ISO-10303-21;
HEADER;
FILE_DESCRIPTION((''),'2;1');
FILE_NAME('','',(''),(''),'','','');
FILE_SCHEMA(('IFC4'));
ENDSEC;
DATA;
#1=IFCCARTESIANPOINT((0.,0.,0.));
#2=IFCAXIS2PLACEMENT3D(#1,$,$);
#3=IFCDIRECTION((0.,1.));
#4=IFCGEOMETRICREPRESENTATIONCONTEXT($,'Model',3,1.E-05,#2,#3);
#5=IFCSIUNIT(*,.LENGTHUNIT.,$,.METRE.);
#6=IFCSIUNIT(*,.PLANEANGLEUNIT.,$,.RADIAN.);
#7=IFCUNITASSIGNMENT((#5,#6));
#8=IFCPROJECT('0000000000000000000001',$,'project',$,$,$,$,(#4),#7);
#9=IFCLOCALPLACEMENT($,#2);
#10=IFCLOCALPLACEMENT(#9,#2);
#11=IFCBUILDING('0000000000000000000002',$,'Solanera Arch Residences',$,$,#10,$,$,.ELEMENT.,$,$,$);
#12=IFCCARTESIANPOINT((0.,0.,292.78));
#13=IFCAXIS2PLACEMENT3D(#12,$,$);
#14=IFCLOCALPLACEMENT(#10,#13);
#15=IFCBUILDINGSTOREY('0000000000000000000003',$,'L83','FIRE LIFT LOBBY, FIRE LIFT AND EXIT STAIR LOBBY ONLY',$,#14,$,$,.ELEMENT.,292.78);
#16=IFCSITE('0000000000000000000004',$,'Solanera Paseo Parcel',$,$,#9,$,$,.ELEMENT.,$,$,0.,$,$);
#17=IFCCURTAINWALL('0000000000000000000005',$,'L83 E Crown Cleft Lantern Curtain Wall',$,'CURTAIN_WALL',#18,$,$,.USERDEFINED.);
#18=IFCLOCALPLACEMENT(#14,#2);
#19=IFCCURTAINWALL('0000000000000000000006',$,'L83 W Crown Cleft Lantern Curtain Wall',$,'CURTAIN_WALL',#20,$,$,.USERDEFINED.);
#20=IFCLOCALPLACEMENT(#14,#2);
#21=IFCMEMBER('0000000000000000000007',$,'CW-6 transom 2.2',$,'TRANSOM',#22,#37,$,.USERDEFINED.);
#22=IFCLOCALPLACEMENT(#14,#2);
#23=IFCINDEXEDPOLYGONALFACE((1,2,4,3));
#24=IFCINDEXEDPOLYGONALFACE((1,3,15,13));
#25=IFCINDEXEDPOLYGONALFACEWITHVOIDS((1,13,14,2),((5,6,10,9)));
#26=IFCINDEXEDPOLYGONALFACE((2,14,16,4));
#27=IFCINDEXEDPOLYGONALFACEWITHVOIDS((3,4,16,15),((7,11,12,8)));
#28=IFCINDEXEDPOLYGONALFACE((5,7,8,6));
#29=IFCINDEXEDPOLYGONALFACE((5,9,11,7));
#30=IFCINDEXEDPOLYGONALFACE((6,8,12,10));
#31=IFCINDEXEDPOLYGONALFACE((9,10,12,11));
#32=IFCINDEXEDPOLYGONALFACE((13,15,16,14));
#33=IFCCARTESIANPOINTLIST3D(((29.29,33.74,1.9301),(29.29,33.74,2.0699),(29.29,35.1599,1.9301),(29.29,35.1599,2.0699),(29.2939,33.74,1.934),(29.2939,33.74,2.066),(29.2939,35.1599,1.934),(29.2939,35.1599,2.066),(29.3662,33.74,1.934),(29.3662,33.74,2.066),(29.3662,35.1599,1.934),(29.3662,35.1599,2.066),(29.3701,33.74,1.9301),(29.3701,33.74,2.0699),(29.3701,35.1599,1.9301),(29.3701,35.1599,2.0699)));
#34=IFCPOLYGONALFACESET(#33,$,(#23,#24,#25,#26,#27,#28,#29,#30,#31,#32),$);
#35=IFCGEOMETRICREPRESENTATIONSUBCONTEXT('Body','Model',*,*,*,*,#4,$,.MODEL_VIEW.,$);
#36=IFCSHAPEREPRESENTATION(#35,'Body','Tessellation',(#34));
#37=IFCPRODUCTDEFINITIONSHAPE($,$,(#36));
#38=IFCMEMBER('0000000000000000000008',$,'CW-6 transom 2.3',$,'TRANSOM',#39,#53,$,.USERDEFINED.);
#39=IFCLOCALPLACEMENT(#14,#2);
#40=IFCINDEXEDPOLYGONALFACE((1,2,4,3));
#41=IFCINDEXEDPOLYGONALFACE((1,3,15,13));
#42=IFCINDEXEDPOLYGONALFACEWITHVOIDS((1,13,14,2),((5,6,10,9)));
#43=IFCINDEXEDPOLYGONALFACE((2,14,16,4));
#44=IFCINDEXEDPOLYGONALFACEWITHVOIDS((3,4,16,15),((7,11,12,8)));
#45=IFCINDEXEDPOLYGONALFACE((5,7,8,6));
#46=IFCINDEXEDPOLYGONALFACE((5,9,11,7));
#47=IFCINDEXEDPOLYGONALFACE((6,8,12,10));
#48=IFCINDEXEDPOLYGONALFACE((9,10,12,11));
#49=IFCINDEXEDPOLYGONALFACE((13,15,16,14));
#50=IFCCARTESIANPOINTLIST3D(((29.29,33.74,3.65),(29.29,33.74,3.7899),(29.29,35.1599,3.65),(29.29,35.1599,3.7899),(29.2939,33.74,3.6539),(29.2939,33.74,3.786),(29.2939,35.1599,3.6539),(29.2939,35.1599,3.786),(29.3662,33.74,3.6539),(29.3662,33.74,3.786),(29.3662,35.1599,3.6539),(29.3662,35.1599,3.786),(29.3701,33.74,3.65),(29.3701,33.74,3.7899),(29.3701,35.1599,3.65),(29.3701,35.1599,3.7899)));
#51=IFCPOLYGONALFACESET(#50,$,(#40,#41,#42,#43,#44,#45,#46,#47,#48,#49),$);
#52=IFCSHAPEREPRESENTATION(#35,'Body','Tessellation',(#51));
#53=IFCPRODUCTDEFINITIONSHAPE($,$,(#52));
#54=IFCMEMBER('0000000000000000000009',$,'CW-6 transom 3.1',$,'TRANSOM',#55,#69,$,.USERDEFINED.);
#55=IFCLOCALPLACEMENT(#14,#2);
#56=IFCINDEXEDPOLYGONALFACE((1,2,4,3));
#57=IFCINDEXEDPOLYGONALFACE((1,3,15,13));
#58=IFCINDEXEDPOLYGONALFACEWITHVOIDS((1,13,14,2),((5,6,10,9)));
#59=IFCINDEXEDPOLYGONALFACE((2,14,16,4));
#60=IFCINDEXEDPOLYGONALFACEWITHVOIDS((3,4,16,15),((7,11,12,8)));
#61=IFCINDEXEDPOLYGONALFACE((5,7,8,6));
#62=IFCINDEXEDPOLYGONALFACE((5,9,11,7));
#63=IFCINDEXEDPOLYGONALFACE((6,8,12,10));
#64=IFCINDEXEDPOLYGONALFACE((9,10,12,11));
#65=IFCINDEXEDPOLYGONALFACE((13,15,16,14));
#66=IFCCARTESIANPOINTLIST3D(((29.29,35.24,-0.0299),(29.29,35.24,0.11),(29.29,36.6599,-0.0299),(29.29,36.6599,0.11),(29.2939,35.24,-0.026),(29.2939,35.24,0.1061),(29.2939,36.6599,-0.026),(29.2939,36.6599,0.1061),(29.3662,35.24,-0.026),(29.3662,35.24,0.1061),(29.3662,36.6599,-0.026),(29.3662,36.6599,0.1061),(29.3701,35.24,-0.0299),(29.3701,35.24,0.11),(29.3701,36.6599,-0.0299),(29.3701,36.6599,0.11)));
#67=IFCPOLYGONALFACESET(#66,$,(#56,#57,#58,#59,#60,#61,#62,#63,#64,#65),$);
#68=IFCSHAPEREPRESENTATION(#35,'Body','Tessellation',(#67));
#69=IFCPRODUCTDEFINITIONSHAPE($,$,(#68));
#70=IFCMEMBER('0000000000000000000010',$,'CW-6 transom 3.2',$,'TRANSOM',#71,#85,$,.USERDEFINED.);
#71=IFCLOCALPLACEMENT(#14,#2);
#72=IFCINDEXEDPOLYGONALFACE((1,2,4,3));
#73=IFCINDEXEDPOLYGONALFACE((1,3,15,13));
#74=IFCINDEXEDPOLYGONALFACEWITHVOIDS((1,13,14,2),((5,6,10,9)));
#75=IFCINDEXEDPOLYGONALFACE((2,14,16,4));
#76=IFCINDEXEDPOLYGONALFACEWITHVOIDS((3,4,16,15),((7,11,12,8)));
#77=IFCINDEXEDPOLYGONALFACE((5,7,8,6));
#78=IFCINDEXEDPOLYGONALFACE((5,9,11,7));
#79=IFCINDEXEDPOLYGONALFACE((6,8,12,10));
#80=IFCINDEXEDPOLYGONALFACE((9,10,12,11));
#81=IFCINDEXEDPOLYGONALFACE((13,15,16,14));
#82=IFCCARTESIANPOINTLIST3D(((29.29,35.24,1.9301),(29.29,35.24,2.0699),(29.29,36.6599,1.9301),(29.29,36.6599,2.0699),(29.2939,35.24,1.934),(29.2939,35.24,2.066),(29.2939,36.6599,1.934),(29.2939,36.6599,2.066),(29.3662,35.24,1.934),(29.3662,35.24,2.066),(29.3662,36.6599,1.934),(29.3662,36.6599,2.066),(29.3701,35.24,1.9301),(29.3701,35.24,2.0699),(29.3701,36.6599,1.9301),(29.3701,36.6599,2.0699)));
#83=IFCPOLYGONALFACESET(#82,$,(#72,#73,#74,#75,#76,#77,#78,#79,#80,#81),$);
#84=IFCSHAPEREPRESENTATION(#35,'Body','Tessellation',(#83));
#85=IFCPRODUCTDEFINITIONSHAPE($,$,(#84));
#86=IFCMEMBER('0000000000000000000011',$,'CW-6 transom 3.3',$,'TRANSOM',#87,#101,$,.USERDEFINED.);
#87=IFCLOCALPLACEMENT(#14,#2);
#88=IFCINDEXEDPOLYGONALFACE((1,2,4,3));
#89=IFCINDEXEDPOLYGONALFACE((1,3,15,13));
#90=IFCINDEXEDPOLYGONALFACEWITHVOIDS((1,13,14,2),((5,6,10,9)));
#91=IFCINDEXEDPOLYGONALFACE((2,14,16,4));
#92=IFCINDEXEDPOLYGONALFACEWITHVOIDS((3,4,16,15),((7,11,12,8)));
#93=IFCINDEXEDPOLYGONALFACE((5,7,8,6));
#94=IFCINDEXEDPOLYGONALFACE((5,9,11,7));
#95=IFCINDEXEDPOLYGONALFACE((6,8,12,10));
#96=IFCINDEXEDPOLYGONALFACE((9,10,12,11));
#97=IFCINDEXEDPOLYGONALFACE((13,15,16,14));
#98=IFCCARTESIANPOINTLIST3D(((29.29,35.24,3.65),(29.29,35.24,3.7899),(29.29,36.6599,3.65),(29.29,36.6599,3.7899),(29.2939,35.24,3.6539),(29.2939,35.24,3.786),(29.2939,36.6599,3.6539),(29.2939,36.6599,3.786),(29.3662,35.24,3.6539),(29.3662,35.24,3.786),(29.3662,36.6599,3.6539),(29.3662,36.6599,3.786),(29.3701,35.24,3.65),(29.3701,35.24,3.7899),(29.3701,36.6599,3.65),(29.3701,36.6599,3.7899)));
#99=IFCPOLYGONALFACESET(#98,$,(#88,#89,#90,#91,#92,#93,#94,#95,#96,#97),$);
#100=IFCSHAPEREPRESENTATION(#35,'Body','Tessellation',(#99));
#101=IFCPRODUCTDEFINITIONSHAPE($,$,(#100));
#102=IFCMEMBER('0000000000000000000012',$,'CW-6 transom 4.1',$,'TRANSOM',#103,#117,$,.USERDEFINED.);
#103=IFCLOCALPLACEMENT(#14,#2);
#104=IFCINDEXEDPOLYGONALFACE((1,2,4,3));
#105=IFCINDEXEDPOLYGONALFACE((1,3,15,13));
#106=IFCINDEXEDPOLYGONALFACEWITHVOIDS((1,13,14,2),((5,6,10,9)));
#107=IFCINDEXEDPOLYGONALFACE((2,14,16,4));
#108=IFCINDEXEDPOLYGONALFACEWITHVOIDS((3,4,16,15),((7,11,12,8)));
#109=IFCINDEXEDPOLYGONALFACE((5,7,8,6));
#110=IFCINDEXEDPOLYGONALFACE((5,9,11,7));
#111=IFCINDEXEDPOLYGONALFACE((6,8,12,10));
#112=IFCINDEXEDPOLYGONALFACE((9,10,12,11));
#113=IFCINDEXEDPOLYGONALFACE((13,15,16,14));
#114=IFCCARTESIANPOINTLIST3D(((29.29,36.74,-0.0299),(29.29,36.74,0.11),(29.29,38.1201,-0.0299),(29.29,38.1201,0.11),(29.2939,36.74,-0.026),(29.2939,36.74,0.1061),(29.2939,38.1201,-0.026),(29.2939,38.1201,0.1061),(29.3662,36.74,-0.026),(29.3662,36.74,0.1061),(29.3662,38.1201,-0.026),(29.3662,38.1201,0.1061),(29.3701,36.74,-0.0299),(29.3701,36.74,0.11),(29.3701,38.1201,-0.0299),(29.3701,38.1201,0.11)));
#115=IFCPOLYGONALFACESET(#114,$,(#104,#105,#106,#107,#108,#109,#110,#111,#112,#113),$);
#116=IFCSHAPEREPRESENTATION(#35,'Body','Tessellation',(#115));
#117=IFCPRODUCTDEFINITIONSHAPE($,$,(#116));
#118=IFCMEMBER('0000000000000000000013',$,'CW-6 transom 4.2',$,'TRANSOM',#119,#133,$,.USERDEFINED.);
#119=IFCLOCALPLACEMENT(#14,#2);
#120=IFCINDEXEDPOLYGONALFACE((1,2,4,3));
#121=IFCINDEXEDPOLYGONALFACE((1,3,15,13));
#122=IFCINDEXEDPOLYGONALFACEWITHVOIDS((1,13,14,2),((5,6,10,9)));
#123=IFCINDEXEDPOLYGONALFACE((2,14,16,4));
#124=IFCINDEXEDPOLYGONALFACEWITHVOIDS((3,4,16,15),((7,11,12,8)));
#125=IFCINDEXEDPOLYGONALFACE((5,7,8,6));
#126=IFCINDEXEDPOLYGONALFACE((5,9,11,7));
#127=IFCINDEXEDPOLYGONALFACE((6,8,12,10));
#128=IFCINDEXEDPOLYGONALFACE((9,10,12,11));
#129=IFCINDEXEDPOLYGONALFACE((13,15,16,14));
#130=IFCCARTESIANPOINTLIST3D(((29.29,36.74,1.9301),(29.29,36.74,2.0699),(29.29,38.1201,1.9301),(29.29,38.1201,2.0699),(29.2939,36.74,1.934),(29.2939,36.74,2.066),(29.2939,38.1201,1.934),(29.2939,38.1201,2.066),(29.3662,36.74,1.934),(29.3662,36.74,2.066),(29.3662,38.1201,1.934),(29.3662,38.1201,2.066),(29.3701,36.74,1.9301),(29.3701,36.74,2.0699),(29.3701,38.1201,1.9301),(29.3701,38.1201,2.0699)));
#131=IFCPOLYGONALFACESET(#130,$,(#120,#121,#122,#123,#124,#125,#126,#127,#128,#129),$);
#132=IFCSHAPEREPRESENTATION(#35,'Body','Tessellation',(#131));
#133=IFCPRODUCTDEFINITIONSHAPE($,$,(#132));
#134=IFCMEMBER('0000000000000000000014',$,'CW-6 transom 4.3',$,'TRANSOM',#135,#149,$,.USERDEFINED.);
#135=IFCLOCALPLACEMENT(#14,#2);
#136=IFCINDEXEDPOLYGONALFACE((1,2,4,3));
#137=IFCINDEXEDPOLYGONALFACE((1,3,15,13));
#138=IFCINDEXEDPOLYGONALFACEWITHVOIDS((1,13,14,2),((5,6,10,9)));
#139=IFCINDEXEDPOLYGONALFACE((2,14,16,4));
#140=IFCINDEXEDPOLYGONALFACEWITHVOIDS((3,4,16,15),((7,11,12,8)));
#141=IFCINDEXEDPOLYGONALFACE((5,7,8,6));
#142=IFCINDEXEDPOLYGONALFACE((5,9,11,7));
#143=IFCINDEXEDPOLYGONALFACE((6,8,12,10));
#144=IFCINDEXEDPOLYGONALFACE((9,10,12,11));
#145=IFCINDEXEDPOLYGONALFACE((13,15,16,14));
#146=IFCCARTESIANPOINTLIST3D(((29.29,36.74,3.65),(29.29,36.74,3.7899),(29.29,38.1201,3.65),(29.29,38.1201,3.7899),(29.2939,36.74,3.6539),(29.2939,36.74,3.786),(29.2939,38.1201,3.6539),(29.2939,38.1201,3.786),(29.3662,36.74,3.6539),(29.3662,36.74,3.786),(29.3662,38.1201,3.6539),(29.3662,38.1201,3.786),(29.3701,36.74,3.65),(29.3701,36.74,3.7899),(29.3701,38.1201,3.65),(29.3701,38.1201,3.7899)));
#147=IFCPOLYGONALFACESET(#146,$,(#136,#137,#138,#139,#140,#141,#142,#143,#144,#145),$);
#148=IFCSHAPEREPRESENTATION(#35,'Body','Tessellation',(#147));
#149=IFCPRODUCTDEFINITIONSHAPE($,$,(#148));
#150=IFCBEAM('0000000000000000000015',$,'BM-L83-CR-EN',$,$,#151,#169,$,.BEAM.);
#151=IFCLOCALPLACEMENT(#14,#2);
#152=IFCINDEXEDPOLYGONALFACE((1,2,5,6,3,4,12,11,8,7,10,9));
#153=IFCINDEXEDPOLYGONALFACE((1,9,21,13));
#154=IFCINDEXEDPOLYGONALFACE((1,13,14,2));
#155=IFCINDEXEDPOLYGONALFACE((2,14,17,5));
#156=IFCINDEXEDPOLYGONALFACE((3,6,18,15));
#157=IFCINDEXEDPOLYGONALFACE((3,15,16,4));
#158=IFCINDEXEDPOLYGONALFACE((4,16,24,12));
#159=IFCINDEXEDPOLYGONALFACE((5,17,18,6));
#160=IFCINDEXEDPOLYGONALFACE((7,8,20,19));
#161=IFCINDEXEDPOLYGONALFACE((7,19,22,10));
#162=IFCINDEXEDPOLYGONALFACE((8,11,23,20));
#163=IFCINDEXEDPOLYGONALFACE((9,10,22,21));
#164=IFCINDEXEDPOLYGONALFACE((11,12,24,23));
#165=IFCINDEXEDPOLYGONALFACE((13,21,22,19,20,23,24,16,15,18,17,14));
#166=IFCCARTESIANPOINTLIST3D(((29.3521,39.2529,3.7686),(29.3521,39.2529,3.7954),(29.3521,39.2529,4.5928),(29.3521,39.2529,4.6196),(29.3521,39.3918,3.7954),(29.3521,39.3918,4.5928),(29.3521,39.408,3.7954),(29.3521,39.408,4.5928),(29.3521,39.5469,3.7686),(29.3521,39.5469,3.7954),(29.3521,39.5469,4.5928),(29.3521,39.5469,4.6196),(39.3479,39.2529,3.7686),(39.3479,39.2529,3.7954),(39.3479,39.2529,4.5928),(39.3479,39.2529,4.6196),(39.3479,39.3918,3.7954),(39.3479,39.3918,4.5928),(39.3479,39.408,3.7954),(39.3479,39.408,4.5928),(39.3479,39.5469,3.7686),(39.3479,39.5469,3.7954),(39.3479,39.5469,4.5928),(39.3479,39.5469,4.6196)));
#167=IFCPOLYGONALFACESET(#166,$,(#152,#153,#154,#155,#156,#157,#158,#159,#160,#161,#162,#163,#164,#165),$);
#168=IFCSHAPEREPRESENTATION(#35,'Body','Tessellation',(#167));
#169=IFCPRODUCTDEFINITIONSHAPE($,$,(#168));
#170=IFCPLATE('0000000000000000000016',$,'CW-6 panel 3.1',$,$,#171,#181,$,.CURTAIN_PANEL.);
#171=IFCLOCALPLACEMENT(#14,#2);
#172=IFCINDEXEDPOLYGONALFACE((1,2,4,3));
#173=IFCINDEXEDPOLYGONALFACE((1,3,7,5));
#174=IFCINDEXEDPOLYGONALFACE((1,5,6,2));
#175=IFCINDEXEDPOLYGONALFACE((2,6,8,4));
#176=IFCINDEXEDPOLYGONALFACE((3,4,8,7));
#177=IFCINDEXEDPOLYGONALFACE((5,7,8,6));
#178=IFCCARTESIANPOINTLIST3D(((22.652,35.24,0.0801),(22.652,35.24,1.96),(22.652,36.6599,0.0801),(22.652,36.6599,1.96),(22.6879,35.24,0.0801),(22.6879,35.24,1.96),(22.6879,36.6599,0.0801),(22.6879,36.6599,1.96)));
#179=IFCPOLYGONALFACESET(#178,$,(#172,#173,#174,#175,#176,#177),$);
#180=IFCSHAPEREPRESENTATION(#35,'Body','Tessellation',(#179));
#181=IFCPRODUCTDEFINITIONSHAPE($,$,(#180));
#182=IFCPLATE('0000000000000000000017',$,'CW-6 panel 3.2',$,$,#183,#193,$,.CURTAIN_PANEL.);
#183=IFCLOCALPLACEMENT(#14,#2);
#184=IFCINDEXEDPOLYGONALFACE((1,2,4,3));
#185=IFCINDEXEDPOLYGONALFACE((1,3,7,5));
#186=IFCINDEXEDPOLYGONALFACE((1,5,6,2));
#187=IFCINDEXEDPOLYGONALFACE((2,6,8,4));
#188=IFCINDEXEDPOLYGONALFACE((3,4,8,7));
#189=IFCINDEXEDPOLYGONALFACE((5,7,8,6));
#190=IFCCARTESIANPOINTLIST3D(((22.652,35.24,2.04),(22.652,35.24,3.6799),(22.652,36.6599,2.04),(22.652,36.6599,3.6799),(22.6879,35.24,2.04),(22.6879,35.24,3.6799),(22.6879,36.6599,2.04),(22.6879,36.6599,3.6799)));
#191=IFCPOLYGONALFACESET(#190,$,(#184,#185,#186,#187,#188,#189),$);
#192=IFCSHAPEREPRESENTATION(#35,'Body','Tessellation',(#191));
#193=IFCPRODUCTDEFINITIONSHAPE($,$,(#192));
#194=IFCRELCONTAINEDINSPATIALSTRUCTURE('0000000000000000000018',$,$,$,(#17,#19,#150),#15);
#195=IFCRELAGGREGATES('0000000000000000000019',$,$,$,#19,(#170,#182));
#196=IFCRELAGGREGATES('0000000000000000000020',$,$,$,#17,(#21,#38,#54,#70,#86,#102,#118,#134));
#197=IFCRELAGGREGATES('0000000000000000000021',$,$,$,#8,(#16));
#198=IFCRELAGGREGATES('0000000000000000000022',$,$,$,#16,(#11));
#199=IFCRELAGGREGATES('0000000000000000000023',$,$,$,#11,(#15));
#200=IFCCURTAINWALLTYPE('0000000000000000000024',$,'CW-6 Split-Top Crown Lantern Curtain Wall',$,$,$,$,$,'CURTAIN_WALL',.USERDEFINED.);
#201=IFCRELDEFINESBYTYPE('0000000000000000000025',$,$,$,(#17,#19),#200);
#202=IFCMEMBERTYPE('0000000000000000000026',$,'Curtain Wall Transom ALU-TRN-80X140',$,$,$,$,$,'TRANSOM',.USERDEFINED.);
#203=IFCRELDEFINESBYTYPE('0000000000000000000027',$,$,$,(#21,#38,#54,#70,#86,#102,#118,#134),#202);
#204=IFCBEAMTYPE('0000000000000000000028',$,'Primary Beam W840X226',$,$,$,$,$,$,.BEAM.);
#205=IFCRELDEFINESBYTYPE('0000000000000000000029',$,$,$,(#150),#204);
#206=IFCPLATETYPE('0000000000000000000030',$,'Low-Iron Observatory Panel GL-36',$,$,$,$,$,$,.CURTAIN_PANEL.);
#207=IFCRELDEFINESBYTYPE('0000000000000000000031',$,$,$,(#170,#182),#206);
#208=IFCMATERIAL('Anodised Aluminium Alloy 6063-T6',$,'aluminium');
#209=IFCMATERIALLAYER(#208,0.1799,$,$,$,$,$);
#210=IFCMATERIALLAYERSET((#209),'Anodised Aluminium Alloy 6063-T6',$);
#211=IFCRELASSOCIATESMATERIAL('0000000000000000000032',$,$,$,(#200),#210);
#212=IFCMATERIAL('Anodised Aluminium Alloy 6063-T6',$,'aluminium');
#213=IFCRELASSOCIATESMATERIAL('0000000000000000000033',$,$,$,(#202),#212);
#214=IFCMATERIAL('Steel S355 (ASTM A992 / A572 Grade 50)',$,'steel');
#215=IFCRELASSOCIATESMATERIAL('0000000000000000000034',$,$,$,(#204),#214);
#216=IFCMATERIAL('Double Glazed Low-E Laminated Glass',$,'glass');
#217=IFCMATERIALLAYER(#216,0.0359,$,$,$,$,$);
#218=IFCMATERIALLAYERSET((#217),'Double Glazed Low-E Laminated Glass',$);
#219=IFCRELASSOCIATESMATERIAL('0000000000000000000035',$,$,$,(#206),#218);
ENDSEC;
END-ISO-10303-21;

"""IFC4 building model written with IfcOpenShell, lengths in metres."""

from ifc_helpers import new_model, si_unit, direction, frame, origin, origin_2d, place, context, subcontext, project, spatial, rectangle, hollow_rectangle, i_section, extrude, material, layer, layer_set, material_profile, profile_set, type_object, element, aggregate, save


model = new_model("IFC4")

# Units and contexts
model_context = context("Model", 3, precision=1e-05, world=origin(), true_north=direction((0.0, 1.0)))
body_context = subcontext(model_context, "Body", "Model", "MODEL_VIEW")
ifc_project = project(units=[si_unit("LENGTHUNIT", "METRE"), si_unit("PLANEANGLEUNIT", "RADIAN")], contexts=[model_context])

# Site, building, storey
site_placement = place(None, origin())
site = spatial("IfcSite", under=ifc_project, at=site_placement, Name="Solanera Paseo Parcel", CompositionType="ELEMENT", RefElevation=0.0)
building_placement = place(site_placement, origin())
building = spatial("IfcBuilding", under=site, at=building_placement, Name="Solanera Arch Residences", CompositionType="ELEMENT")
storey_placement = place(building_placement, frame((0.0, 0.0, 292.78)))
storey = spatial("IfcBuildingStorey", under=building, at=storey_placement, Name="L83", Description="FIRE LIFT LOBBY, FIRE LIFT AND EXIT STAIR LOBBY ONLY", CompositionType="ELEMENT", Elevation=292.78)

# Curtain walls
ifc_material_1 = material(Name="Anodised Aluminium Alloy 6063-T6", Category="aluminium")
ifc_layer_1 = layer(ifc_material_1, 0.1799)
ifc_layer_set_1 = layer_set([ifc_layer_1], Name="Anodised Aluminium Alloy 6063-T6")
curtain_wall_type = type_object("IfcCurtainWallType", Name="CW-6 Split-Top Crown Lantern Curtain Wall", ElementType="CURTAIN_WALL", PredefinedType="USERDEFINED", material=ifc_layer_set_1)
curtain_wall_1_placement = place(storey_placement, origin())
curtain_wall_1 = element("IfcCurtainWall", 1, at=curtain_wall_1_placement, inside=storey, type_object=curtain_wall_type, Name="L83 E Crown Cleft Lantern Curtain Wall", ObjectType="CURTAIN_WALL", PredefinedType="USERDEFINED")
curtain_wall_2_placement = place(storey_placement, origin())
curtain_wall_2 = element("IfcCurtainWall", 2, at=curtain_wall_2_placement, inside=storey, type_object=curtain_wall_type, Name="L83 W Crown Cleft Lantern Curtain Wall", ObjectType="CURTAIN_WALL", PredefinedType="USERDEFINED")
ifc_material_2 = material(Name="Anodised Aluminium Alloy 6063-T6", Category="aluminium")
ifc_material_profile_1 = material_profile(ifc_material_2, hollow_rectangle(XDim=0.0801, YDim=0.1399, WallThickness=0.0039, at=origin_2d()))
ifc_profile_set_1 = profile_set([ifc_material_profile_1], Name="Anodised Aluminium Alloy 6063-T6")
member_type_1 = type_object("IfcMemberType", Name="Curtain Wall Transom ALU-TRN-80X140", ElementType="TRANSOM", PredefinedType="USERDEFINED", material=ifc_profile_set_1)

# Members
member_1_placement = place(storey_placement, frame((29.3301, 33.74, 2.0), z_axis=(0.0, 1.0, 0.0), x_axis=(-1.0, 0.0, 0.0)))
member_1 = element("IfcMember", 3, at=member_1_placement, type_object=member_type_1, Name="CW-6 transom 2.2", ObjectType="TRANSOM", PredefinedType="USERDEFINED", context=body_context, shape_type="SweptSolid", body=[
    extrude(hollow_rectangle(XDim=0.0801, YDim=0.1399, WallThickness=0.0039, at=origin_2d()), origin(), (0.0, 0.0, 1.0), 1.4199),
])
member_2_placement = place(storey_placement, frame((29.3301, 33.74, 3.72), z_axis=(0.0, 1.0, 0.0), x_axis=(-1.0, 0.0, 0.0)))
member_2 = element("IfcMember", 4, at=member_2_placement, type_object=member_type_1, Name="CW-6 transom 2.3", ObjectType="TRANSOM", PredefinedType="USERDEFINED", context=body_context, shape_type="SweptSolid", body=[
    extrude(hollow_rectangle(XDim=0.0801, YDim=0.1399, WallThickness=0.0039, at=origin_2d()), origin(), (0.0, 0.0, 1.0), 1.4199),
])
member_3_placement = place(storey_placement, frame((29.3301, 35.24, 0.04), z_axis=(0.0, 1.0, 0.0), x_axis=(-1.0, 0.0, 0.0)))
member_3 = element("IfcMember", 5, at=member_3_placement, type_object=member_type_1, Name="CW-6 transom 3.1", ObjectType="TRANSOM", PredefinedType="USERDEFINED", context=body_context, shape_type="SweptSolid", body=[
    extrude(hollow_rectangle(XDim=0.0801, YDim=0.1399, WallThickness=0.0039, at=origin_2d()), origin(), (0.0, 0.0, 1.0), 1.4199),
])
member_4_placement = place(storey_placement, frame((29.3301, 35.24, 2.0), z_axis=(0.0, 1.0, 0.0), x_axis=(-1.0, 0.0, 0.0)))
member_4 = element("IfcMember", 6, at=member_4_placement, type_object=member_type_1, Name="CW-6 transom 3.2", ObjectType="TRANSOM", PredefinedType="USERDEFINED", context=body_context, shape_type="SweptSolid", body=[
    extrude(hollow_rectangle(XDim=0.0801, YDim=0.1399, WallThickness=0.0039, at=origin_2d()), origin(), (0.0, 0.0, 1.0), 1.4199),
])
member_5_placement = place(storey_placement, frame((29.3301, 35.24, 3.72), z_axis=(0.0, 1.0, 0.0), x_axis=(-1.0, 0.0, 0.0)))
member_5 = element("IfcMember", 7, at=member_5_placement, type_object=member_type_1, Name="CW-6 transom 3.3", ObjectType="TRANSOM", PredefinedType="USERDEFINED", context=body_context, shape_type="SweptSolid", body=[
    extrude(hollow_rectangle(XDim=0.0801, YDim=0.1399, WallThickness=0.0039, at=origin_2d()), origin(), (0.0, 0.0, 1.0), 1.4199),
])
member_6_placement = place(storey_placement, frame((29.3301, 36.74, 0.04), z_axis=(0.0, 1.0, 0.0), x_axis=(-1.0, 0.0, 0.0)))
member_6 = element("IfcMember", 8, at=member_6_placement, type_object=member_type_1, Name="CW-6 transom 4.1", ObjectType="TRANSOM", PredefinedType="USERDEFINED", context=body_context, shape_type="SweptSolid", body=[
    extrude(hollow_rectangle(XDim=0.0801, YDim=0.1399, WallThickness=0.0039, at=origin_2d()), origin(), (0.0, 0.0, 1.0), 1.3801),
])
member_7_placement = place(storey_placement, frame((29.3301, 36.74, 2.0), z_axis=(0.0, 1.0, 0.0), x_axis=(-1.0, 0.0, 0.0)))
member_7 = element("IfcMember", 9, at=member_7_placement, type_object=member_type_1, Name="CW-6 transom 4.2", ObjectType="TRANSOM", PredefinedType="USERDEFINED", context=body_context, shape_type="SweptSolid", body=[
    extrude(hollow_rectangle(XDim=0.0801, YDim=0.1399, WallThickness=0.0039, at=origin_2d()), origin(), (0.0, 0.0, 1.0), 1.3801),
])
member_8_placement = place(storey_placement, frame((29.3301, 36.74, 3.72), z_axis=(0.0, 1.0, 0.0), x_axis=(-1.0, 0.0, 0.0)))
member_8 = element("IfcMember", 10, at=member_8_placement, type_object=member_type_1, Name="CW-6 transom 4.3", ObjectType="TRANSOM", PredefinedType="USERDEFINED", context=body_context, shape_type="SweptSolid", body=[
    extrude(hollow_rectangle(XDim=0.0801, YDim=0.1399, WallThickness=0.0039, at=origin_2d()), origin(), (0.0, 0.0, 1.0), 1.3801),
])

# Beam
ifc_material_3 = material(Name="Steel S355 (ASTM A992 / A572 Grade 50)", Category="steel")
ifc_material_profile_2 = material_profile(ifc_material_3, i_section(OverallWidth=0.2939, OverallDepth=0.8511, WebThickness=0.0161, FlangeThickness=0.0269, at=origin_2d()))
ifc_profile_set_2 = profile_set([ifc_material_profile_2], Name="Steel S355 (ASTM A992 / A572 Grade 50)")
beam_type = type_object("IfcBeamType", Name="Primary Beam W840X226", PredefinedType="BEAM", material=ifc_profile_set_2)
beam_placement = place(storey_placement, frame((29.3521, 39.3999, 4.1941), z_axis=(1.0, 0.0, 0.0), x_axis=(0.0, 1.0, 0.0)))
element("IfcBeam", 11, at=beam_placement, inside=storey, type_object=beam_type, Name="BM-L83-CR-EN", PredefinedType="BEAM", context=body_context, shape_type="SweptSolid", body=[
    extrude(i_section(OverallWidth=0.2939, OverallDepth=0.8511, WebThickness=0.0161, FlangeThickness=0.0269, at=origin_2d()), origin(), (0.0, 0.0, 1.0), 9.9958),
])

# Plates
ifc_material_4 = material(Name="Double Glazed Low-E Laminated Glass", Category="glass")
ifc_layer_2 = layer(ifc_material_4, 0.0359)
ifc_layer_set_2 = layer_set([ifc_layer_2], Name="Double Glazed Low-E Laminated Glass")
plate_type = type_object("IfcPlateType", Name="Low-Iron Observatory Panel GL-36", PredefinedType="CURTAIN_PANEL", material=ifc_layer_set_2)
plate_1_placement = place(storey_placement, frame((22.6699, 35.95, 0.0801), z_axis=(0.0, 0.0, 1.0), x_axis=(0.0, 1.0, 0.0)))
plate_1 = element("IfcPlate", 12, at=plate_1_placement, type_object=plate_type, Name="CW-6 panel 3.1", PredefinedType="CURTAIN_PANEL", context=body_context, shape_type="SweptSolid", body=[
    extrude(rectangle(XDim=1.4199, YDim=0.0359, at=origin_2d()), origin(), (0.0, 0.0, 1.0), 1.8799),
])
plate_2_placement = place(storey_placement, frame((22.6699, 35.95, 2.04), z_axis=(0.0, 0.0, 1.0), x_axis=(0.0, 1.0, 0.0)))
plate_2 = element("IfcPlate", 13, at=plate_2_placement, type_object=plate_type, Name="CW-6 panel 3.2", PredefinedType="CURTAIN_PANEL", context=body_context, shape_type="SweptSolid", body=[
    extrude(rectangle(XDim=1.4199, YDim=0.0359, at=origin_2d()), origin(), (0.0, 0.0, 1.0), 1.6399),
])
aggregate(curtain_wall_2, [plate_1, plate_2])
aggregate(curtain_wall_1, [member_1, member_2, member_3, member_4, member_5, member_6, member_7, member_8])

save(model, "model.ifc")
